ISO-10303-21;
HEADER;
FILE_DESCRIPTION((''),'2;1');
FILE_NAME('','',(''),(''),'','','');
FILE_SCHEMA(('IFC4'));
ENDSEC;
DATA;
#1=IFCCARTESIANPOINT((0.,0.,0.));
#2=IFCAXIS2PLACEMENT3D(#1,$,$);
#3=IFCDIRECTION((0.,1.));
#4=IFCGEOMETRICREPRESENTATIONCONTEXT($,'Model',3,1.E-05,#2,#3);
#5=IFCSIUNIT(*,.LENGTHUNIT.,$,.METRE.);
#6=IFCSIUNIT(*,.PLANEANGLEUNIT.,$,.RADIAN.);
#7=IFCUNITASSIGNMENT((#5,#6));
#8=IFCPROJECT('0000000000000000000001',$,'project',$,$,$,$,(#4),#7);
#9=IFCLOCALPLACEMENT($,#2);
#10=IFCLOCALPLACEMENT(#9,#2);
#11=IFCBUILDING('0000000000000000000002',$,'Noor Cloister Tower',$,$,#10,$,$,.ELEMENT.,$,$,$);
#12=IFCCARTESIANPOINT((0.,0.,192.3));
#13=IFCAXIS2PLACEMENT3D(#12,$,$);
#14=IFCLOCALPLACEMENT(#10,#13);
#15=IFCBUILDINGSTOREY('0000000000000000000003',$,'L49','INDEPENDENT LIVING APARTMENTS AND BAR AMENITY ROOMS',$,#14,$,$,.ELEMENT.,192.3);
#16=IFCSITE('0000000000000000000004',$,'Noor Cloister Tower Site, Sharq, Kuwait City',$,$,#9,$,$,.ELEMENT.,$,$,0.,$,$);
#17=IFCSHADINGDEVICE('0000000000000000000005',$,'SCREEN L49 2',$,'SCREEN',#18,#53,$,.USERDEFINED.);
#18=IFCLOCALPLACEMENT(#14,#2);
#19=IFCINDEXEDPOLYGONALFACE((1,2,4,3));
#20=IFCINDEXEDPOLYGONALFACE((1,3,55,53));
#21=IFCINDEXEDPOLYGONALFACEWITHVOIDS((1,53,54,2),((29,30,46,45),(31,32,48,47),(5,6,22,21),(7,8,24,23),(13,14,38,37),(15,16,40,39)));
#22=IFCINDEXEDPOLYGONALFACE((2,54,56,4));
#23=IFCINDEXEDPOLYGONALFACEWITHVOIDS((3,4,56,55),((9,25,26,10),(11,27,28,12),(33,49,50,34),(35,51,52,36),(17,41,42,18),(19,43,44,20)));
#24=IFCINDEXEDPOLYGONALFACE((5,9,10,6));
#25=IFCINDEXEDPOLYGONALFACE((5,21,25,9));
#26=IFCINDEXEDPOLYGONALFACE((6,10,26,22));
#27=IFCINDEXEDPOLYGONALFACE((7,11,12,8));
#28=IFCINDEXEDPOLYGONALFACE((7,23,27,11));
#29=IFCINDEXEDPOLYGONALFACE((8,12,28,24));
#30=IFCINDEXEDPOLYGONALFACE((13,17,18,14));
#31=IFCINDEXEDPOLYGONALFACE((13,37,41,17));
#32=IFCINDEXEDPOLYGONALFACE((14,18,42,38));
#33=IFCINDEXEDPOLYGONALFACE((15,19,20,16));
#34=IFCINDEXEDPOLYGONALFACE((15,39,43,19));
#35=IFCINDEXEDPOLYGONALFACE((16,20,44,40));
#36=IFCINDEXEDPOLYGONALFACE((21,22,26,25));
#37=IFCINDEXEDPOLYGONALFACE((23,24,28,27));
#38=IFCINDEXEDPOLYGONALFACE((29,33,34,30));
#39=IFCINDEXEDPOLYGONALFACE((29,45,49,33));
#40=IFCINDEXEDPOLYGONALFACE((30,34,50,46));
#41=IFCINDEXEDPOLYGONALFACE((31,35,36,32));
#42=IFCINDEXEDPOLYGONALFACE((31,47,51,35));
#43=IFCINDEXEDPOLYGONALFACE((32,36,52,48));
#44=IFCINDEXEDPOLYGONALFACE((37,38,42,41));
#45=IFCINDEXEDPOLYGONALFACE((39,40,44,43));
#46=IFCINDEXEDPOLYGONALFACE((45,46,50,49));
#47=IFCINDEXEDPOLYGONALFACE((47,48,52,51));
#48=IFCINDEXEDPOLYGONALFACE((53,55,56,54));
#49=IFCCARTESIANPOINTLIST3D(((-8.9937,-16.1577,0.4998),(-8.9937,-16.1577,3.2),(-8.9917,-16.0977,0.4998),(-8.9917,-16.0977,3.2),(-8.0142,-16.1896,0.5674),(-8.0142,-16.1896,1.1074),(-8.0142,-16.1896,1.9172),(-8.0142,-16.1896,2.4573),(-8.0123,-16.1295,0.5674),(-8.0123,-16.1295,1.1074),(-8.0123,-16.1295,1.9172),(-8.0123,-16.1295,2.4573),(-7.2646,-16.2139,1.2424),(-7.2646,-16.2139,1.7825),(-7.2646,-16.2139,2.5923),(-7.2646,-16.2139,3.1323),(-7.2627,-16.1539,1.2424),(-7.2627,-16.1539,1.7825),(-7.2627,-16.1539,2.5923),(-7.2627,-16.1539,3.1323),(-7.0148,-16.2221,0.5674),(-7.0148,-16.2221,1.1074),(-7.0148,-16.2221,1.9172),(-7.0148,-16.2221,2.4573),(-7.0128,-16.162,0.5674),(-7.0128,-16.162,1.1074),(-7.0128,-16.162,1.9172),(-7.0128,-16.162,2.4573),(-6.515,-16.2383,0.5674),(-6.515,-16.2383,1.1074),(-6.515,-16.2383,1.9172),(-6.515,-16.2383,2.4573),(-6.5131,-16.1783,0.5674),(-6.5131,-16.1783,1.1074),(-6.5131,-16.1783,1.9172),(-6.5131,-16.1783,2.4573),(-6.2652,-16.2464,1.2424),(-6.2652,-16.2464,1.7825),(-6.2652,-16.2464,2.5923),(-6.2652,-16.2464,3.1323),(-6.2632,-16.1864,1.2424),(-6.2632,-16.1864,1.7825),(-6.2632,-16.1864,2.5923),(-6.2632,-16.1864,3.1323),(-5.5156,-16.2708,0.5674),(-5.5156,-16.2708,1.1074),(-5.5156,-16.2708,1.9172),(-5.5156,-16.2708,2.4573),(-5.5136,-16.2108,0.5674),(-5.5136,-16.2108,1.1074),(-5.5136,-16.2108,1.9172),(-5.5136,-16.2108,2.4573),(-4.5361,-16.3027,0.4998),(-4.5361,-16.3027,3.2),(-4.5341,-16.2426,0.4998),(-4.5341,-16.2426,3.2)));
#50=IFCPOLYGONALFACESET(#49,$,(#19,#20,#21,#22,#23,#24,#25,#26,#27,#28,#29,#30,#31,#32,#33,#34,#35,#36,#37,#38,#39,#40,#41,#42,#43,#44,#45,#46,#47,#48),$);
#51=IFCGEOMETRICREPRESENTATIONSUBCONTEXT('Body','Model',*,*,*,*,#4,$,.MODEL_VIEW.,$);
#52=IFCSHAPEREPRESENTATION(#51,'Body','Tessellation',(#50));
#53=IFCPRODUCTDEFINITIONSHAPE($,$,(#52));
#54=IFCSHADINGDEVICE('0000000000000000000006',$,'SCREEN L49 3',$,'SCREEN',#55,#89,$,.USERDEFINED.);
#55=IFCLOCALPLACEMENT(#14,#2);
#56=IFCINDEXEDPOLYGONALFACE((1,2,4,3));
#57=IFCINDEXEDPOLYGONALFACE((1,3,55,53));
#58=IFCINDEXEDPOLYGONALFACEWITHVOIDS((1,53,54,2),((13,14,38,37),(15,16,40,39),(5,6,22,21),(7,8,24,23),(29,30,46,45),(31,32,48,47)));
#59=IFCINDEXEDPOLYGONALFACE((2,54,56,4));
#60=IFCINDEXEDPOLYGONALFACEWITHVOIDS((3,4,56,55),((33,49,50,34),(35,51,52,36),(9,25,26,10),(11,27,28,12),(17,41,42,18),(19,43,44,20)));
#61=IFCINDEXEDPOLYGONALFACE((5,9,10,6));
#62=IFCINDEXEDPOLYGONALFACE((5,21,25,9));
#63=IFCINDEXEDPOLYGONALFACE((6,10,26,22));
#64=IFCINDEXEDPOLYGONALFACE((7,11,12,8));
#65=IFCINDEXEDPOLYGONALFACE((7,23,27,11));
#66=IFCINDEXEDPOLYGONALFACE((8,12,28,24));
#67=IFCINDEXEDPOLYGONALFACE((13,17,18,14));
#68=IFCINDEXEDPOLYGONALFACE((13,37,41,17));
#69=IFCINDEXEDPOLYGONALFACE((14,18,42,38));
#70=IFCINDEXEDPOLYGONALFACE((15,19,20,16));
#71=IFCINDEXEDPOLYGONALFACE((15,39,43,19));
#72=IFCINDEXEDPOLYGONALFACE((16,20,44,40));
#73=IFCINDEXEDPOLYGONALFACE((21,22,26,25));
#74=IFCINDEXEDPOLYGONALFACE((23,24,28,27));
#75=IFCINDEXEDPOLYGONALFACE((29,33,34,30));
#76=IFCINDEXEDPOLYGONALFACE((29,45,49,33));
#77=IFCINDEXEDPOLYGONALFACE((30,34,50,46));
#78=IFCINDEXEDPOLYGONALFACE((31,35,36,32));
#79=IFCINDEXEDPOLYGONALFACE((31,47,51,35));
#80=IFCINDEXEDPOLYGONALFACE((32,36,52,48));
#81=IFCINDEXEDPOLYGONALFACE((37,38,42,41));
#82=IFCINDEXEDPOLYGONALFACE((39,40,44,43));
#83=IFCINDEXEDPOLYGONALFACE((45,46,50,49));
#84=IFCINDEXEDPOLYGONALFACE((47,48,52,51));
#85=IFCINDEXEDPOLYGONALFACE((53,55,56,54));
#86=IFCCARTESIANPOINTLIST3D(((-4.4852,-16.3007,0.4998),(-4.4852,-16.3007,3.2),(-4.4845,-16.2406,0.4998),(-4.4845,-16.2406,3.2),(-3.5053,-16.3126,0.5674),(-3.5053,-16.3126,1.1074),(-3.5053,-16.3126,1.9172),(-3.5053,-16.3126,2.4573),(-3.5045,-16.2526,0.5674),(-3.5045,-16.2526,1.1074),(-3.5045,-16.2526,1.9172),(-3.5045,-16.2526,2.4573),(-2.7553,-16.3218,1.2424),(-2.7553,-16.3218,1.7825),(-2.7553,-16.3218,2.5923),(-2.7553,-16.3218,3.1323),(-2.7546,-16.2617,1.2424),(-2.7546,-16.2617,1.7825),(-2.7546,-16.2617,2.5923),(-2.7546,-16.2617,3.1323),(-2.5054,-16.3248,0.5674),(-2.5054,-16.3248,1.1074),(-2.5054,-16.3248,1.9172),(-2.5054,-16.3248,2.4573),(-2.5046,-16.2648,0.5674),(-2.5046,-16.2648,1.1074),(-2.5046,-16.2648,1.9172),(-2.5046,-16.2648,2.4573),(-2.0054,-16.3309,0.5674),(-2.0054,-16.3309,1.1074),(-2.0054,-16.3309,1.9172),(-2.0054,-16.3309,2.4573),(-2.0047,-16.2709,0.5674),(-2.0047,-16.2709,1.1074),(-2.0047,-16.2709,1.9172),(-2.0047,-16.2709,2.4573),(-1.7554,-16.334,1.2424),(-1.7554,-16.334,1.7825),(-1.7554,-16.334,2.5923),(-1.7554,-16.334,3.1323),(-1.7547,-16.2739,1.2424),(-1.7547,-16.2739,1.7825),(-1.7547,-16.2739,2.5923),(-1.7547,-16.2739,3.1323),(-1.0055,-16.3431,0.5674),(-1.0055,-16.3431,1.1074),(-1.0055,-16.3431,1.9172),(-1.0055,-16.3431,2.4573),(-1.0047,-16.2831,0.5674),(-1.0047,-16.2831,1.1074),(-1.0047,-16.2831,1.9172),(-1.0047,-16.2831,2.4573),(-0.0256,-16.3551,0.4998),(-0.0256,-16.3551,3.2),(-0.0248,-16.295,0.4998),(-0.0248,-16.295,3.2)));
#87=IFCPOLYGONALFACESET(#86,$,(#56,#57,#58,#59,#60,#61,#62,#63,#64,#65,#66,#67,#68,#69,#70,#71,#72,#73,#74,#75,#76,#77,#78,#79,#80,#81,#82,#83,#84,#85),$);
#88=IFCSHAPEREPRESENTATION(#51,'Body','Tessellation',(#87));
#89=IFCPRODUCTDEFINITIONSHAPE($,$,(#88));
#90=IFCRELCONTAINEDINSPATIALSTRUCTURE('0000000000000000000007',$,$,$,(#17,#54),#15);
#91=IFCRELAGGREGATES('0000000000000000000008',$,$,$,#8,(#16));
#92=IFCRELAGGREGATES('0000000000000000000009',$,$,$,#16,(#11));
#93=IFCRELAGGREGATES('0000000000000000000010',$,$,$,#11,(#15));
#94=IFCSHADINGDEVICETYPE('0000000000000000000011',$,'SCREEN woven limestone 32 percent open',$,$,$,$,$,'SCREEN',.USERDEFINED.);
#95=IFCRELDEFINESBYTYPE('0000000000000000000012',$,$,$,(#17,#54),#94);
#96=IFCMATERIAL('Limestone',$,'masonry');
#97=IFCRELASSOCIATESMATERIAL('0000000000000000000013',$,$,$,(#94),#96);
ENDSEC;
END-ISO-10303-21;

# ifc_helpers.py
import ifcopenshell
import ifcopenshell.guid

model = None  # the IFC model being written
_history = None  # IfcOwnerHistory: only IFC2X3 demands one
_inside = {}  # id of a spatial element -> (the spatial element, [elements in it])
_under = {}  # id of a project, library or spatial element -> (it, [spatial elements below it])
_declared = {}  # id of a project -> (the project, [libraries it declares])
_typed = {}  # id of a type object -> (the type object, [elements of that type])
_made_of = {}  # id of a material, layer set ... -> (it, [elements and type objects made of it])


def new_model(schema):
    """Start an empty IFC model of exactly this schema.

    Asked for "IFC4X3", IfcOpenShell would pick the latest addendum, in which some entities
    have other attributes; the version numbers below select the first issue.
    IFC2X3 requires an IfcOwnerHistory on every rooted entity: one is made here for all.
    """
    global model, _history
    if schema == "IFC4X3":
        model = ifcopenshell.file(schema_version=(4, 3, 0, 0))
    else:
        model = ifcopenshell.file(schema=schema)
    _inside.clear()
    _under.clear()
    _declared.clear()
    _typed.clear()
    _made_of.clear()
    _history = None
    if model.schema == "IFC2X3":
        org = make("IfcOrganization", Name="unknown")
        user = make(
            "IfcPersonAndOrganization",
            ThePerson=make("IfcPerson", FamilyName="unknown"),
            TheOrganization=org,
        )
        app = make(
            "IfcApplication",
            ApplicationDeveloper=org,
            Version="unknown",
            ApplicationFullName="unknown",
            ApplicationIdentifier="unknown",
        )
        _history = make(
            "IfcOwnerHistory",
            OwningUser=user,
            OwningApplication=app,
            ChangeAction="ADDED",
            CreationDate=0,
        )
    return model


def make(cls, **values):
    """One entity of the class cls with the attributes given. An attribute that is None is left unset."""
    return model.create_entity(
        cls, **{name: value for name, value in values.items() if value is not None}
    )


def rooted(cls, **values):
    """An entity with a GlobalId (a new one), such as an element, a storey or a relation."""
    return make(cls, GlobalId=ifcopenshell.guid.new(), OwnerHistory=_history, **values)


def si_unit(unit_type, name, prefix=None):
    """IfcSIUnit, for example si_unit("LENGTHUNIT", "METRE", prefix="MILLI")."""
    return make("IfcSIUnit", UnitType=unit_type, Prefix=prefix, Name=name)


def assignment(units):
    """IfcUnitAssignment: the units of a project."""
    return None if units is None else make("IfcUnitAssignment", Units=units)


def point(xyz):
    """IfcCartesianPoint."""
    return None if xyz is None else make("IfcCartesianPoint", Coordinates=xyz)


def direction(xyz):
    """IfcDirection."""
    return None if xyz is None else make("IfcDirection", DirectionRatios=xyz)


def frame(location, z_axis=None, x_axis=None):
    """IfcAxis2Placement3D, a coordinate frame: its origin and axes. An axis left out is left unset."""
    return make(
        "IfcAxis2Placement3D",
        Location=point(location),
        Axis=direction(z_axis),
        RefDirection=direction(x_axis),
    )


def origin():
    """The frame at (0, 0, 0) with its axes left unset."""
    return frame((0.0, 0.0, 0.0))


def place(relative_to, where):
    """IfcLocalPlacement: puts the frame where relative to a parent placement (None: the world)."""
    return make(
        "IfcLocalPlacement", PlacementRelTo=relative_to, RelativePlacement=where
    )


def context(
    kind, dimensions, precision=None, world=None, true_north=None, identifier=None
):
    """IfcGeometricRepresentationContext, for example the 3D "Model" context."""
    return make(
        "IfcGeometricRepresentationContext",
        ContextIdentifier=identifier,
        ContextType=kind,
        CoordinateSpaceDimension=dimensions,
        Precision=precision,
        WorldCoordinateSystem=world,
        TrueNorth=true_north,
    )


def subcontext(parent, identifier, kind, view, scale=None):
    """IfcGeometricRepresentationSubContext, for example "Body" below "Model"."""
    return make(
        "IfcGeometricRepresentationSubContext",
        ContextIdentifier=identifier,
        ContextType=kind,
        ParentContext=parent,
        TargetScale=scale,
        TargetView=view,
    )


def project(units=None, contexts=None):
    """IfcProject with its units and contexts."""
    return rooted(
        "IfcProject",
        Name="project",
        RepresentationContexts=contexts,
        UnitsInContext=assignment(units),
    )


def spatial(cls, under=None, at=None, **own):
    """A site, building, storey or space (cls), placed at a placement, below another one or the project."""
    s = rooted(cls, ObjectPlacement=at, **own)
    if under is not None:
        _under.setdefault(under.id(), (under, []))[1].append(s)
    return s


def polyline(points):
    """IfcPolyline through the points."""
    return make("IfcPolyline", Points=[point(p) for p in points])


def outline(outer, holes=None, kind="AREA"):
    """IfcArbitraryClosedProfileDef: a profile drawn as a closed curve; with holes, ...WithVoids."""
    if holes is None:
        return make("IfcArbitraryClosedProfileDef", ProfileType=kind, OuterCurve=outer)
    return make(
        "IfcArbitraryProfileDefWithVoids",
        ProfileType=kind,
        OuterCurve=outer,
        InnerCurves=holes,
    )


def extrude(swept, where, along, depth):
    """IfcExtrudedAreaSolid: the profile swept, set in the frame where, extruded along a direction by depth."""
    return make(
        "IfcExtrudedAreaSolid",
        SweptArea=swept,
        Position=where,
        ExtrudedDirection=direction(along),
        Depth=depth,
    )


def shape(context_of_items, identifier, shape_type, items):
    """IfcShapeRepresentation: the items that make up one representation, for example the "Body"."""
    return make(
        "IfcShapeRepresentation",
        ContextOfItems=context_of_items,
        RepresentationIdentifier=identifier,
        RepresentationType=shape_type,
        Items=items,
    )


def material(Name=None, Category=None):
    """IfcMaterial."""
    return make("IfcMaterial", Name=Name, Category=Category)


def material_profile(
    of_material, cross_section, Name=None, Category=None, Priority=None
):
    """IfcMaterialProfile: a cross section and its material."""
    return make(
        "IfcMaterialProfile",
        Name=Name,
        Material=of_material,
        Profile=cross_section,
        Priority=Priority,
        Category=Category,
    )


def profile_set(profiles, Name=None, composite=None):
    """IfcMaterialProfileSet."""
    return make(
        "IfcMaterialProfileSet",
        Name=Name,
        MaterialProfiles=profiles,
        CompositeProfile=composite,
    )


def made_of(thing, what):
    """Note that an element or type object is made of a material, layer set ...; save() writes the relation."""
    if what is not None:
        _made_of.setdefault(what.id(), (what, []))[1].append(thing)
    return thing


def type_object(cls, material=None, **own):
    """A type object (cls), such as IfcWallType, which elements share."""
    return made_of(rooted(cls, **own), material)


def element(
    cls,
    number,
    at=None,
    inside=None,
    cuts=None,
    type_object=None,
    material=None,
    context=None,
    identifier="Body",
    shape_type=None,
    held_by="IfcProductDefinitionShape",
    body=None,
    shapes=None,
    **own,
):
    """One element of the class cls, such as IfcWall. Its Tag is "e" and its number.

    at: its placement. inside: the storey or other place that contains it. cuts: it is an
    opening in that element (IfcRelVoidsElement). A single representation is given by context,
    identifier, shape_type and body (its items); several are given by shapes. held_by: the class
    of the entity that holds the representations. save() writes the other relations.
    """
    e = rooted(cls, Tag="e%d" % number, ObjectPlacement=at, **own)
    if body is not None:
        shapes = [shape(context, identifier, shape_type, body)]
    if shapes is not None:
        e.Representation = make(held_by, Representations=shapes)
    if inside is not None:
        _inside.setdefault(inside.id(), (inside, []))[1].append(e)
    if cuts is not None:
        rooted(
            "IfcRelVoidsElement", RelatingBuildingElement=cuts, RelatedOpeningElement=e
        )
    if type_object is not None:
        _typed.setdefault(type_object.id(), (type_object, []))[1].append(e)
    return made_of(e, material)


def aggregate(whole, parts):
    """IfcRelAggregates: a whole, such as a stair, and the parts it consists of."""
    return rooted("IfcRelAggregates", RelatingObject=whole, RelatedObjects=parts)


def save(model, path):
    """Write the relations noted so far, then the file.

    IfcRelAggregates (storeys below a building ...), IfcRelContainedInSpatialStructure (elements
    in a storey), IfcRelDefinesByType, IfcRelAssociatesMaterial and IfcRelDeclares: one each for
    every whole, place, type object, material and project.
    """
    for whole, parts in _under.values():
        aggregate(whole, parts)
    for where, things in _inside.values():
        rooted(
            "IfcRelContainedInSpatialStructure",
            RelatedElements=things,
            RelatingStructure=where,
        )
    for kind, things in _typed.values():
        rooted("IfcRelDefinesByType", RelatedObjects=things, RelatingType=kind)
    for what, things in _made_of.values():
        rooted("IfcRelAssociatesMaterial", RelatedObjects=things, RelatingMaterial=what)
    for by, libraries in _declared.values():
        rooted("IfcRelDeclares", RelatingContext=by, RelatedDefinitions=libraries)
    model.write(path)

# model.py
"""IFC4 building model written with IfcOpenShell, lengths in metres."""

from ifc_helpers import new_model, si_unit, direction, frame, origin, place, context, subcontext, project, spatial, polyline, outline, extrude, material, material_profile, profile_set, type_object, element, save


model = new_model("IFC4")

# Units and contexts
model_context = context("Model", 3, precision=1e-05, world=origin(), true_north=direction((0.0, 1.0)))
body_context = subcontext(model_context, "Body", "Model", "MODEL_VIEW")
ifc_project = project(units=[si_unit("LENGTHUNIT", "METRE"), si_unit("PLANEANGLEUNIT", "RADIAN")], contexts=[model_context])

# Site, building, storey
site_placement = place(None, origin())
site = spatial("IfcSite", under=ifc_project, at=site_placement, Name="Noor Cloister Tower Site, Sharq, Kuwait City", CompositionType="ELEMENT", RefElevation=0.0)
building_placement = place(site_placement, origin())
building = spatial("IfcBuilding", under=site, at=building_placement, Name="Noor Cloister Tower", CompositionType="ELEMENT")
storey_placement = place(building_placement, frame((0.0, 0.0, 192.3)))
storey = spatial("IfcBuildingStorey", under=building, at=storey_placement, Name="L49", Description="INDEPENDENT LIVING APARTMENTS AND BAR AMENITY ROOMS", CompositionType="ELEMENT", Elevation=192.3)

# Shading devices
ifc_material_1 = material(Name="Limestone", Category="masonry")
ifc_material_profile_1 = material_profile(ifc_material_1, outline(polyline([(-2.23, -1.3501), (2.23, -1.3501), (2.23, 1.3501), (-2.23, 1.3501), (-2.23, -1.3501)]), holes=[polyline([(-1.25, -1.2825), (-0.25, -1.2825), (-0.25, -0.7424), (-1.25, -0.7424), (-1.25, -1.2825)]), polyline([(0.25, -1.2825), (1.25, -1.2825), (1.25, -0.7424), (0.25, -0.7424), (0.25, -1.2825)]), polyline([(-0.5, -0.6074), (0.5, -0.6074), (0.5, -0.0674), (-0.5, -0.0674), (-0.5, -0.6074)]), polyline([(-1.25, 0.0674), (-0.25, 0.0674), (-0.25, 0.6074), (-1.25, 0.6074), (-1.25, 0.0674)]), polyline([(0.25, 0.0674), (1.25, 0.0674), (1.25, 0.6074), (0.25, 0.6074), (0.25, 0.0674)]), polyline([(-0.5, 0.7424), (0.5, 0.7424), (0.5, 1.2825), (-0.5, 1.2825), (-0.5, 0.7424)])]), Name="Woven screen 32 percent open")
ifc_profile_set_1 = profile_set([ifc_material_profile_1], Name="Limestone")
shading_device_type = type_object("IfcShadingDeviceType", Name="SCREEN woven limestone 32 percent open", ElementType="SCREEN", PredefinedType="USERDEFINED", material=ifc_profile_set_1)
for number, where, z_axis, x_axis, name in (
    (1, (-6.7629, -16.1702, 1.8499), (-0.032503, -0.999472, 0.0), (0.999472, -0.032503, 0.0), "SCREEN L49 2"),
    (2, (-2.2546, -16.2678, 1.8499), (-0.012194, -0.999926, 0.0), (0.999926, -0.012194, 0.0), "SCREEN L49 3"),
):
    element("IfcShadingDevice", number, at=place(storey_placement, frame(where, z_axis=z_axis, x_axis=x_axis)), inside=storey, type_object=shading_device_type, Name=name, ObjectType="SCREEN", PredefinedType="USERDEFINED", context=body_context, shape_type="SweptSolid", body=[
        extrude(outline(polyline([(-2.23, -1.3501), (2.23, -1.3501), (2.23, 1.3501), (-2.23, 1.3501), (-2.23, -1.3501)]), holes=[polyline([(-1.25, -1.2825), (-0.25, -1.2825), (-0.25, -0.7424), (-1.25, -0.7424), (-1.25, -1.2825)]), polyline([(0.25, -1.2825), (1.25, -1.2825), (1.25, -0.7424), (0.25, -0.7424), (0.25, -1.2825)]), polyline([(-0.5, -0.6074), (0.5, -0.6074), (0.5, -0.0674), (-0.5, -0.0674), (-0.5, -0.6074)]), polyline([(-1.25, 0.0674), (-0.25, 0.0674), (-0.25, 0.6074), (-1.25, 0.6074), (-1.25, 0.0674)]), polyline([(0.25, 0.0674), (1.25, 0.0674), (1.25, 0.6074), (0.25, 0.6074), (0.25, 0.0674)]), polyline([(-0.5, 0.7424), (0.5, 0.7424), (0.5, 1.2825), (-0.5, 1.2825), (-0.5, 0.7424)])]), origin(), (0.0, 0.0, 1.0), 0.0601),
    ])

save(model, "model.ifc")
